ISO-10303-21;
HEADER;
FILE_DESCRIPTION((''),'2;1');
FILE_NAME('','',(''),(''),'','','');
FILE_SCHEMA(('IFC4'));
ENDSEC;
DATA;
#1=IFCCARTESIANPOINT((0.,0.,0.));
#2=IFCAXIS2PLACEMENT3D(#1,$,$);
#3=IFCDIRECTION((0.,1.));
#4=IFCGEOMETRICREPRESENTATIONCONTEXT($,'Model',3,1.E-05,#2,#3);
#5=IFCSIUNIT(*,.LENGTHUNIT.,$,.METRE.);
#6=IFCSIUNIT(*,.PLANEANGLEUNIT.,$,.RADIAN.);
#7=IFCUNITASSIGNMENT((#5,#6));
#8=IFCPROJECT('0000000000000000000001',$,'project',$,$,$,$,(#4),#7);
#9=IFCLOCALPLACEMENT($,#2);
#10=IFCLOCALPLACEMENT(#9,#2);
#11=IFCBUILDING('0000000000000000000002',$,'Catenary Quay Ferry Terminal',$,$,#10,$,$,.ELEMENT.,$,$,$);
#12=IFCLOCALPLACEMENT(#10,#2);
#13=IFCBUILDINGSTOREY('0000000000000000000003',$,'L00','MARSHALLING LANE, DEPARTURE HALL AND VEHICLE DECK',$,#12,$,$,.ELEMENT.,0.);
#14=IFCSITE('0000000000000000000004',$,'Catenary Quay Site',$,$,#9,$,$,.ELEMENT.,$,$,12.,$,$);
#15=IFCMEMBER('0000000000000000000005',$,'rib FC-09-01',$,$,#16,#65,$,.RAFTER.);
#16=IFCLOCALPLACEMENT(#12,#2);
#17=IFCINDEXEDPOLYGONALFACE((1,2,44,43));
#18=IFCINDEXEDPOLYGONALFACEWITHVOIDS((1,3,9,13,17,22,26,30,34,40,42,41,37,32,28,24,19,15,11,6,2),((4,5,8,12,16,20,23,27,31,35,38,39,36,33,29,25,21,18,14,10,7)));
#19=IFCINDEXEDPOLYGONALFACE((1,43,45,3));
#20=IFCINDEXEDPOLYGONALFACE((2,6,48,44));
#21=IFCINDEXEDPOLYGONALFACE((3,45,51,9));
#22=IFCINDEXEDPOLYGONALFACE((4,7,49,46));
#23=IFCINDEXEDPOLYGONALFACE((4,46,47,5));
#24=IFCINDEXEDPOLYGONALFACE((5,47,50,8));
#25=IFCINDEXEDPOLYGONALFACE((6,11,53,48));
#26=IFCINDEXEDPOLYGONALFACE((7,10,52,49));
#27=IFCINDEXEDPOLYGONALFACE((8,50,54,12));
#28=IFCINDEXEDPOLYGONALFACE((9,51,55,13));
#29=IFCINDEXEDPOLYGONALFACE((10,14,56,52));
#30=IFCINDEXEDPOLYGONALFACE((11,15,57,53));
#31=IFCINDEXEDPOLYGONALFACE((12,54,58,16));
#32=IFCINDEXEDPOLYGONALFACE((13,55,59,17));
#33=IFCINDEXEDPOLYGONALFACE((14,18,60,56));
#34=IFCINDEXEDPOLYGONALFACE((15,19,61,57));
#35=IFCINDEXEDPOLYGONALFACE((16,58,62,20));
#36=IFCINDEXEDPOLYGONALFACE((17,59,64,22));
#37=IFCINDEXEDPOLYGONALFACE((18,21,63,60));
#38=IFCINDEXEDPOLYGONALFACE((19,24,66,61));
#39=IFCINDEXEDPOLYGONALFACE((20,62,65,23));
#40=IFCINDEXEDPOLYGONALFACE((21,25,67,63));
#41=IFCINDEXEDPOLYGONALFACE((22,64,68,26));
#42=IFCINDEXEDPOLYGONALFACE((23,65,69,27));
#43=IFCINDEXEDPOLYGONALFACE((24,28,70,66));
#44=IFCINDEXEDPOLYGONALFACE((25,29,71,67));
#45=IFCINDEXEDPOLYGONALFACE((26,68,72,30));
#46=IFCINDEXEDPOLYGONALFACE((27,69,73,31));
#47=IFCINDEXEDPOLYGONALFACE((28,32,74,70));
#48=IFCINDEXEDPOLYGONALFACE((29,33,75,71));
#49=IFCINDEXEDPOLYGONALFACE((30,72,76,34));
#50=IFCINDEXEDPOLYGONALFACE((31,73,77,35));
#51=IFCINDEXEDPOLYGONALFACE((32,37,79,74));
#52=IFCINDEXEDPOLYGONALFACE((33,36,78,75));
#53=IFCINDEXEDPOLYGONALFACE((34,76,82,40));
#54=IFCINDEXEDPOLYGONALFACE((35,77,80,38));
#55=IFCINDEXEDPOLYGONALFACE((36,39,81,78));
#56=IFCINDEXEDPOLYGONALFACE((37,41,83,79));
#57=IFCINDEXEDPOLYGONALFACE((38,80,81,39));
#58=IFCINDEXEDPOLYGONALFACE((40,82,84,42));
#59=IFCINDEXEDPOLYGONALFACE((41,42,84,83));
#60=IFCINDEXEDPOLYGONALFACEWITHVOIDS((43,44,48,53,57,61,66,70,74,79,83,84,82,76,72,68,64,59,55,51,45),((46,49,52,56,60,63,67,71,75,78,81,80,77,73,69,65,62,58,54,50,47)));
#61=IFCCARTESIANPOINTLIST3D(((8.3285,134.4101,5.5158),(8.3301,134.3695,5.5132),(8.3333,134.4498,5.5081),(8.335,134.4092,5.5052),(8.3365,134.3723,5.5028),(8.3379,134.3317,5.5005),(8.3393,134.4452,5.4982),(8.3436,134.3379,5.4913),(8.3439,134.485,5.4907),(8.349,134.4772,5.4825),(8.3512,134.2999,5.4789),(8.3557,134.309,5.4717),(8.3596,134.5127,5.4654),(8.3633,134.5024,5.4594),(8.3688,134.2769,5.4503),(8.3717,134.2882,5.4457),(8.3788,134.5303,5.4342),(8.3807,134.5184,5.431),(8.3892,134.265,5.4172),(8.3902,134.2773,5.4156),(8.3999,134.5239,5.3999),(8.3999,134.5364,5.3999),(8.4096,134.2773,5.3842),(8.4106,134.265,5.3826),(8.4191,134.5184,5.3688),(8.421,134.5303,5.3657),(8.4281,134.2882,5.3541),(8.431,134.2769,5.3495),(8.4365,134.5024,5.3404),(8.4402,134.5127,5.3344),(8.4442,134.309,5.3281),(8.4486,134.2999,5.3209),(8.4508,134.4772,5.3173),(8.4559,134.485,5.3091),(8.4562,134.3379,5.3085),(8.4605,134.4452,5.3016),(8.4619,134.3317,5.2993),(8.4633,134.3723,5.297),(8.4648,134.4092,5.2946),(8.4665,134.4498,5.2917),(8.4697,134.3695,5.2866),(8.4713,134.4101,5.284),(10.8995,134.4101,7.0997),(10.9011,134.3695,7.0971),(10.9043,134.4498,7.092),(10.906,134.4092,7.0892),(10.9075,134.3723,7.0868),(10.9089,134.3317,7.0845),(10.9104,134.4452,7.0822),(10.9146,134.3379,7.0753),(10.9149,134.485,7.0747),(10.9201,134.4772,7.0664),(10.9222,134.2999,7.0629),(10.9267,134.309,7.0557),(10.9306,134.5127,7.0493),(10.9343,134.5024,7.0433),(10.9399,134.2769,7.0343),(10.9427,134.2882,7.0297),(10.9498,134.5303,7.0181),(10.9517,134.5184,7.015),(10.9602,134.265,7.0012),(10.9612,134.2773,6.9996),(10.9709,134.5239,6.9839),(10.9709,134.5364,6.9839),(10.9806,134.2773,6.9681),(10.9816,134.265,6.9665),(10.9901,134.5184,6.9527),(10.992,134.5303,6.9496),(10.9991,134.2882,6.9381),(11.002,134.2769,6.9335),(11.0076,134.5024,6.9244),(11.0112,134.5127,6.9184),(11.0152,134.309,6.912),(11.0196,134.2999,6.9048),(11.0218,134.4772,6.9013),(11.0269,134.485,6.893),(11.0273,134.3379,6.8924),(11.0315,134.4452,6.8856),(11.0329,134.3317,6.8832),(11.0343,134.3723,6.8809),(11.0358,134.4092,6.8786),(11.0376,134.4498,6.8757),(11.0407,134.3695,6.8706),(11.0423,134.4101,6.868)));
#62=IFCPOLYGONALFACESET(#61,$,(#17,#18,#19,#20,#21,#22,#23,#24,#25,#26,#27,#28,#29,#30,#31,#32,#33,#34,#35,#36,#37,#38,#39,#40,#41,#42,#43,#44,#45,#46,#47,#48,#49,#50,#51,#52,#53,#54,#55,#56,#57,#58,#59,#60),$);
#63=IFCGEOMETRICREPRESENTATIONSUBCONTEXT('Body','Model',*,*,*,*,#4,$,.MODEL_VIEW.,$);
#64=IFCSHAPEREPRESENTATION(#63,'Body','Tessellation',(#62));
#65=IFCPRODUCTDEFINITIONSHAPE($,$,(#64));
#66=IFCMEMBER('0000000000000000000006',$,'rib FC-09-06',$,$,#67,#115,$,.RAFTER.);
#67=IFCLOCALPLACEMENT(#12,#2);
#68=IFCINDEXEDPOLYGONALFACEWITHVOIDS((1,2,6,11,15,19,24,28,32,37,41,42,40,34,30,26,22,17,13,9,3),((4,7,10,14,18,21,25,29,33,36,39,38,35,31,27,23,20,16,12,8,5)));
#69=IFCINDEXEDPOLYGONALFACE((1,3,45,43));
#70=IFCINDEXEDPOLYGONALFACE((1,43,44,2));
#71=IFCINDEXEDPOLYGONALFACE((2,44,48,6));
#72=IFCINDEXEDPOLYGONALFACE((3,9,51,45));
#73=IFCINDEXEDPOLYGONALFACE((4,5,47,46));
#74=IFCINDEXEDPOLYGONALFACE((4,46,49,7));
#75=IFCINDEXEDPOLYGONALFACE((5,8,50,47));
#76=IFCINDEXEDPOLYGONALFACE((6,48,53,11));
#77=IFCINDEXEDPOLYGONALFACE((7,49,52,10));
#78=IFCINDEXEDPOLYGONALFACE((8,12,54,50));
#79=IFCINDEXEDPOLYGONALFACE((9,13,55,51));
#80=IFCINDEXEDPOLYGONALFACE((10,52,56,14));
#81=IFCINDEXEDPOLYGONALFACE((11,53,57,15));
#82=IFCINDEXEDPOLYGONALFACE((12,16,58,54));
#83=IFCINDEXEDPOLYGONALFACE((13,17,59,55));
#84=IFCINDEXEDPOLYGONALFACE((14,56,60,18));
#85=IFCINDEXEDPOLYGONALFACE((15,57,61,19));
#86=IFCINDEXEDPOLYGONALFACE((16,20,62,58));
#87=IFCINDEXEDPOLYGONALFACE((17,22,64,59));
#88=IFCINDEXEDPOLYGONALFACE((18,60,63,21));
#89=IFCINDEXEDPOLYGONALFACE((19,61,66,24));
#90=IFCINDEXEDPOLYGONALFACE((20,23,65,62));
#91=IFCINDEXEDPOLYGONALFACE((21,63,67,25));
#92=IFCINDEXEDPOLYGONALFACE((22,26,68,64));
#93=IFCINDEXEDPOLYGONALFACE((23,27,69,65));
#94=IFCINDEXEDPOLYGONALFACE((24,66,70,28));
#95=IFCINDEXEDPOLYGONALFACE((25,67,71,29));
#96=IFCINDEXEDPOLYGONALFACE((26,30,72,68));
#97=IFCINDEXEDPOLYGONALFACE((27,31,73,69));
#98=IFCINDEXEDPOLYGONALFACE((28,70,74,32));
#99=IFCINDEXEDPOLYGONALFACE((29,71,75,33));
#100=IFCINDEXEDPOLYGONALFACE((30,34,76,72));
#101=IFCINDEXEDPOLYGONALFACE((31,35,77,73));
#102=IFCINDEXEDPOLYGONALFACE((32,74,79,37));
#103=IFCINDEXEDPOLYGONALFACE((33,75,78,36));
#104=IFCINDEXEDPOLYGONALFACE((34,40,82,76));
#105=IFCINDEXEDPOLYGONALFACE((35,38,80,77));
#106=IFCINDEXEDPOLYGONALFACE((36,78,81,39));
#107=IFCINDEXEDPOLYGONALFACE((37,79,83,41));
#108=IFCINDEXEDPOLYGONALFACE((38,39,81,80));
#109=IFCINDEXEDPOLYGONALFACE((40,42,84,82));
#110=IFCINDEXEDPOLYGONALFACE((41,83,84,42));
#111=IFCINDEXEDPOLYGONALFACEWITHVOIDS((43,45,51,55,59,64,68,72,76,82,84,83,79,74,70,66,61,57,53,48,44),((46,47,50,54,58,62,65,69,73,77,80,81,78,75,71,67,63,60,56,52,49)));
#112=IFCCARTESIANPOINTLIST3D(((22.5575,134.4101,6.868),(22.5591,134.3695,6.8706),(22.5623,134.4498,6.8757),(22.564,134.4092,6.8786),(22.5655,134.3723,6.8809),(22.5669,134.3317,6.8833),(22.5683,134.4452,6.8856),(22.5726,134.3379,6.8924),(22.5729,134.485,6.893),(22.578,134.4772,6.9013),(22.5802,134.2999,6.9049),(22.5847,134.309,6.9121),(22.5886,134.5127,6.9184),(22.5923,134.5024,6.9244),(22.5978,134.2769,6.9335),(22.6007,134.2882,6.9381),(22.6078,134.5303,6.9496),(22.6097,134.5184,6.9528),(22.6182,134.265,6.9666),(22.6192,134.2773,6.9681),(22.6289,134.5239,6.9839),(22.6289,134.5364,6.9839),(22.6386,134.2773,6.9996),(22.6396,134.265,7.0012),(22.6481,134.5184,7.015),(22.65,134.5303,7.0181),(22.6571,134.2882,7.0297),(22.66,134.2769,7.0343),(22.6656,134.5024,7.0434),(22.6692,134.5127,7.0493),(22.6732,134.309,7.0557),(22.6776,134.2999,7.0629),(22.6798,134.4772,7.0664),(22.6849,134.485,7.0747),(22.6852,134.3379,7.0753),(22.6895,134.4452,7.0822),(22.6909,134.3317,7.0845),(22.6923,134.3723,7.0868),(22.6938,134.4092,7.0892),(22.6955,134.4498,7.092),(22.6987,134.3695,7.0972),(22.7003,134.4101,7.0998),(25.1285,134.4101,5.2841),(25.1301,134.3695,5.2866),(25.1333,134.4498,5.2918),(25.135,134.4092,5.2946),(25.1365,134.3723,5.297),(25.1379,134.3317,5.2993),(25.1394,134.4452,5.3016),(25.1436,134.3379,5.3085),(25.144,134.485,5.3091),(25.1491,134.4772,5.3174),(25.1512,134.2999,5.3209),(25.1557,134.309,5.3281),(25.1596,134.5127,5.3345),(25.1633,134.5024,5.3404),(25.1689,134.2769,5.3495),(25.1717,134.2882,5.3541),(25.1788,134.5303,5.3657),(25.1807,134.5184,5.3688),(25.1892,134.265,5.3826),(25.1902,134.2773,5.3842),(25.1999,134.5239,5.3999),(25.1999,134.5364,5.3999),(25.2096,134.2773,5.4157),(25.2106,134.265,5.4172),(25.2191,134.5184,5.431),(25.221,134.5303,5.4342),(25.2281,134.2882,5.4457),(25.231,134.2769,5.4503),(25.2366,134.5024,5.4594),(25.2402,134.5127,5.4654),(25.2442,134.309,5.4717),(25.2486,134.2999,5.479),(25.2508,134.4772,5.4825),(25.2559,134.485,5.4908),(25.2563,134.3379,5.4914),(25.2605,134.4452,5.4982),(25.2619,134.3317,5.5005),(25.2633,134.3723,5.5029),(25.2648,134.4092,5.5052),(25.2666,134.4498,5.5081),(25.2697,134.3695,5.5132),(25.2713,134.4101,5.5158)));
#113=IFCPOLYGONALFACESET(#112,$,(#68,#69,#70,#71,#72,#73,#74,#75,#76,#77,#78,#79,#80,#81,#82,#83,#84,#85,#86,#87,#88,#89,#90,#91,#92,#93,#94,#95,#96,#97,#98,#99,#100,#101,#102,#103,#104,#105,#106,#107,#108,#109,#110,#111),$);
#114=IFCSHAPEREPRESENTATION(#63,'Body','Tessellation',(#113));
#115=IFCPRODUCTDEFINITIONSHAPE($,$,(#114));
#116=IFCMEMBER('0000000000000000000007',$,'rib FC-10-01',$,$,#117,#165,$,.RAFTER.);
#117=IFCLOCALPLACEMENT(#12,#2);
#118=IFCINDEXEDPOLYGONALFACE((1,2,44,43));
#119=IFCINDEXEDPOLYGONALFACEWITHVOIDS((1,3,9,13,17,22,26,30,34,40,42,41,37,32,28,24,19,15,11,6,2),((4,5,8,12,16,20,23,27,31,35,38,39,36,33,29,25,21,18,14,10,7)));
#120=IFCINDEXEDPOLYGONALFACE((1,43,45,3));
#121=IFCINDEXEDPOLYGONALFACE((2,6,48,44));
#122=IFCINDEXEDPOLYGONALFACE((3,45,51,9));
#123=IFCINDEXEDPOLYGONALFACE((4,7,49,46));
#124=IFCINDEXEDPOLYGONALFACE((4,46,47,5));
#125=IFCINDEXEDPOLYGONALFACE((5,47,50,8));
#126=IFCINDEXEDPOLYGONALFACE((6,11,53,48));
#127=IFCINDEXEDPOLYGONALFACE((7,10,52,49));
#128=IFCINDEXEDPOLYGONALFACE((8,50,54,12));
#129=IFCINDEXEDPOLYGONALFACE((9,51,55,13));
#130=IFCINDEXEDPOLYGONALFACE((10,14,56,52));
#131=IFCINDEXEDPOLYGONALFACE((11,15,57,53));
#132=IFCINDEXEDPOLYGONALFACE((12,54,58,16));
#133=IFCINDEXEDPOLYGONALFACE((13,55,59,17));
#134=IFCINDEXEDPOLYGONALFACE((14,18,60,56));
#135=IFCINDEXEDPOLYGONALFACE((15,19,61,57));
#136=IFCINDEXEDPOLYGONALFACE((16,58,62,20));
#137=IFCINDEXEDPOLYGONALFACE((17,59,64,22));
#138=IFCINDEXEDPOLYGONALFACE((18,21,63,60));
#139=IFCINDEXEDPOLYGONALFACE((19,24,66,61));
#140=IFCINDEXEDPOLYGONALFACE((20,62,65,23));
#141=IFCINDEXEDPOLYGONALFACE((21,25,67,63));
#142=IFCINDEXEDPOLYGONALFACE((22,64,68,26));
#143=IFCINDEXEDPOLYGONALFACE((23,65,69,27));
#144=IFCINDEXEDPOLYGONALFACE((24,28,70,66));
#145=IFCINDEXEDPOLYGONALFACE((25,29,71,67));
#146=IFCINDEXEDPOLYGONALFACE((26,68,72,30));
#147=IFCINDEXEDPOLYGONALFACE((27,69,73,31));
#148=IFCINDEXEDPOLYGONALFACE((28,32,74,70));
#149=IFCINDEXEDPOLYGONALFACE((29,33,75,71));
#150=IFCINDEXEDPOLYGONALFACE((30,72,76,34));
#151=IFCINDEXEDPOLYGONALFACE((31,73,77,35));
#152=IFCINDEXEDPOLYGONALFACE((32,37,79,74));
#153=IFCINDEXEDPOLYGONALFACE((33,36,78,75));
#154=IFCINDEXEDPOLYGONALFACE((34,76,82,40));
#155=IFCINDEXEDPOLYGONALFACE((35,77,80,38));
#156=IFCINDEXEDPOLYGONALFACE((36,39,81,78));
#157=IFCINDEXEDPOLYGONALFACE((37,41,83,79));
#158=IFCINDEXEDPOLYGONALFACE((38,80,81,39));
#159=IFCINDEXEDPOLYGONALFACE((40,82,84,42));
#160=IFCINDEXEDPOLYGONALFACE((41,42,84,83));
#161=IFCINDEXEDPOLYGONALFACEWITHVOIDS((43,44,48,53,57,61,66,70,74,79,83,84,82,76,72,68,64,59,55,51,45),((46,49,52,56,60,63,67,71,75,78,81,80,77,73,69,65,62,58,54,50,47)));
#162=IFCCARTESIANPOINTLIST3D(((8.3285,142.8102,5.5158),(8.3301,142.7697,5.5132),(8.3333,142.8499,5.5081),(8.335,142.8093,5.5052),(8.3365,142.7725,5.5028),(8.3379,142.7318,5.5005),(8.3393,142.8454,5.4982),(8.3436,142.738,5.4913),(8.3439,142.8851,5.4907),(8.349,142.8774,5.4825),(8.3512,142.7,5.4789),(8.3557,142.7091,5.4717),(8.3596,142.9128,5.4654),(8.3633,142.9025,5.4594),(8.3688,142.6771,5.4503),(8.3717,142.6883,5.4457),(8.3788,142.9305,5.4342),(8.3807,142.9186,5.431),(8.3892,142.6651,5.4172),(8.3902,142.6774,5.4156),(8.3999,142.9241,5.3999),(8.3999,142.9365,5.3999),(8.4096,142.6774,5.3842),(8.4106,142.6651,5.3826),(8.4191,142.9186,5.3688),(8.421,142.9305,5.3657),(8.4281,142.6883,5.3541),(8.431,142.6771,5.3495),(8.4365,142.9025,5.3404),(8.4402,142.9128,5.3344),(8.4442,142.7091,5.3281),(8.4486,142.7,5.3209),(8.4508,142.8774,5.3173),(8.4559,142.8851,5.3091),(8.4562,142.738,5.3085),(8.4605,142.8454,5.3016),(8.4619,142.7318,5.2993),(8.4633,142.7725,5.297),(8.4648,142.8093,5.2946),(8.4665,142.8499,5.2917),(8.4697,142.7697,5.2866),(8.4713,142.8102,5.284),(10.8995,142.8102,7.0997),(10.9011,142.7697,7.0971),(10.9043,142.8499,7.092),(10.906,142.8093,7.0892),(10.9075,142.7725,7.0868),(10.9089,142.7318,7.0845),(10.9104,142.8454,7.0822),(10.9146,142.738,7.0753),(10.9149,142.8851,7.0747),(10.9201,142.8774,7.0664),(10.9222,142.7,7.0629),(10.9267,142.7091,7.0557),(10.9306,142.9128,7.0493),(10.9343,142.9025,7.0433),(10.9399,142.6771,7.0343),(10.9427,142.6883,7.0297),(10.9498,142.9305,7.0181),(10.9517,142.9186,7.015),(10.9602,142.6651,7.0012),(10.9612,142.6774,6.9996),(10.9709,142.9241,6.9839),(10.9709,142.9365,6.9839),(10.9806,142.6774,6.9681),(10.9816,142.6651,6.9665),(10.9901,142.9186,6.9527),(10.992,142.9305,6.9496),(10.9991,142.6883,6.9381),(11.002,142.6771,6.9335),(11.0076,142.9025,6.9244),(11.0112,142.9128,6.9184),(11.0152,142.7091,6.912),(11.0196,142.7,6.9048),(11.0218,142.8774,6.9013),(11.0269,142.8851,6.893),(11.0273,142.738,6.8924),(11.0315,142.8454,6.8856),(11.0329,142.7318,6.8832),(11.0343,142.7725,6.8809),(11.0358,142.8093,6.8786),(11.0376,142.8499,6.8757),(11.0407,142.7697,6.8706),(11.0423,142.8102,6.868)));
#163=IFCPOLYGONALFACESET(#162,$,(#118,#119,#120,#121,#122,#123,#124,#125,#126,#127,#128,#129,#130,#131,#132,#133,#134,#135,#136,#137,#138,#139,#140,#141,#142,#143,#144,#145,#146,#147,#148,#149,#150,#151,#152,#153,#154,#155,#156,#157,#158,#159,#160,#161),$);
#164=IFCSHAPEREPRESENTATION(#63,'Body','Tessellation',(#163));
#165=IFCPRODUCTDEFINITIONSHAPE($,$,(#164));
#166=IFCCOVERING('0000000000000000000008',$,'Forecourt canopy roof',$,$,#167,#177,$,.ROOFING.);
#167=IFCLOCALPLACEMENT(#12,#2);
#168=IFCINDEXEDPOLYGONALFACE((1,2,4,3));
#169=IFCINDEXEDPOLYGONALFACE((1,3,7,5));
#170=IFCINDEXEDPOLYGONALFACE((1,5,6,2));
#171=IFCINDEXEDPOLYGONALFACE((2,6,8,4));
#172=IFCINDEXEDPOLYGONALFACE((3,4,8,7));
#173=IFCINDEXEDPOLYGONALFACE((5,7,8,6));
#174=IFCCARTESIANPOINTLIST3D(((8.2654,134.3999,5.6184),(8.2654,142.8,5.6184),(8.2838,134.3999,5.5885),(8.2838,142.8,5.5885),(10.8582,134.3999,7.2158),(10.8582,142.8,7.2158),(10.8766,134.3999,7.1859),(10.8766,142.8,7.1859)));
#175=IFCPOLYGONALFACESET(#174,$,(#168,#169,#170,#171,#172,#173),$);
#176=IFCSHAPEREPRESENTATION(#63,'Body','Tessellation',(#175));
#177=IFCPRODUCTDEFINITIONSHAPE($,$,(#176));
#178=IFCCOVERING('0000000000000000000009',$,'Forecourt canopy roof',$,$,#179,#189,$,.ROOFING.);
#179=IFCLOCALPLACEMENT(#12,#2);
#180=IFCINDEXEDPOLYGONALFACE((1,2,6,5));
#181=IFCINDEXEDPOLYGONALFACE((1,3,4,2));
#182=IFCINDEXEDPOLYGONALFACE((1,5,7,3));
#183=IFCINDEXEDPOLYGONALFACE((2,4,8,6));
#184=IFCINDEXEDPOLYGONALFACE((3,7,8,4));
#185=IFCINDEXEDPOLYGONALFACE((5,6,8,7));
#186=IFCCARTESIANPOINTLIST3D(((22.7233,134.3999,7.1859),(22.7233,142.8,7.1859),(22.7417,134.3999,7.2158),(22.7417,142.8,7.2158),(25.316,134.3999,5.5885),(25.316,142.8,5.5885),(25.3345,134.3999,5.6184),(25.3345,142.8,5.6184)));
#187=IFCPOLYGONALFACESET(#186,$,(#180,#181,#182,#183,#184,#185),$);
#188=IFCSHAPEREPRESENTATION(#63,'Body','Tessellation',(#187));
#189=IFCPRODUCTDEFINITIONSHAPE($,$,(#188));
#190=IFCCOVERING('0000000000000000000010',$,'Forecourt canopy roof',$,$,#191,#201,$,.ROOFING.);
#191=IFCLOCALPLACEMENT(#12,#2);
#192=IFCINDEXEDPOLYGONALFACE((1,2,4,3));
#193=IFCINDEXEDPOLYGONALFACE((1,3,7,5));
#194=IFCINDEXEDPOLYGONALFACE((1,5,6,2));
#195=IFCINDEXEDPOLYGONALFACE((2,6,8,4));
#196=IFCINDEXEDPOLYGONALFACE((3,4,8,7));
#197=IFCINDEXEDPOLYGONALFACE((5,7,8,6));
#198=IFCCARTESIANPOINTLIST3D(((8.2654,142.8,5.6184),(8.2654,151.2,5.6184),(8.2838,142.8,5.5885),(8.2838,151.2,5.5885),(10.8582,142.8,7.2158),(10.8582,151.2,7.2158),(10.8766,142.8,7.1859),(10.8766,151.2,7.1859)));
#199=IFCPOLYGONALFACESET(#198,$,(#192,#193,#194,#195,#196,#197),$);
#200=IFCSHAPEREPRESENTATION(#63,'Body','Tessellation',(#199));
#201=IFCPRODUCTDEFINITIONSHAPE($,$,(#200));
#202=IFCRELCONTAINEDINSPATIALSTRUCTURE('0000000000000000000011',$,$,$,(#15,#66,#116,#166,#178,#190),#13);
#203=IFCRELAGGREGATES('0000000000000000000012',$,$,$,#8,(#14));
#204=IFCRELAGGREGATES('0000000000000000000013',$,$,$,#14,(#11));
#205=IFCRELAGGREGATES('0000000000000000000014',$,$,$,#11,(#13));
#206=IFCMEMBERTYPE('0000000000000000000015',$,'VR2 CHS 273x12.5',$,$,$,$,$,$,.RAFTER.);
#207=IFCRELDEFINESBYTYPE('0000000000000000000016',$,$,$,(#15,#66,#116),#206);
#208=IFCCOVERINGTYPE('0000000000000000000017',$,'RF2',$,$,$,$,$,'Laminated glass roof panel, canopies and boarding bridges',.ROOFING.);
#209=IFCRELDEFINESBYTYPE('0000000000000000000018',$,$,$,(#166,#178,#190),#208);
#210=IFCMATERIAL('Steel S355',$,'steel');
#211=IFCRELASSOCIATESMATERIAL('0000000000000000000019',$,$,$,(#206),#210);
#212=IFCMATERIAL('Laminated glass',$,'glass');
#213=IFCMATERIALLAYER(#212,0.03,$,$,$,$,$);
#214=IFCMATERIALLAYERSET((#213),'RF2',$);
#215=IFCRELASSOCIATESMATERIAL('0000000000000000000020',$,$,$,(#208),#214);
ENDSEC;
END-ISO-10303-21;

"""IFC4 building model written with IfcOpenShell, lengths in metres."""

from ifc_helpers import new_model, si_unit, direction, frame, origin, origin_2d, place, context, subcontext, project, spatial, polyline, hollow_circle, outline, extrude, material, layer, layer_set, material_profile, profile_set, type_object, element, save


model = new_model("IFC4")

# Units and contexts
model_context = context("Model", 3, precision=1e-05, world=origin(), true_north=direction((0.0, 1.0)))
body_context = subcontext(model_context, "Body", "Model", "MODEL_VIEW")
ifc_project = project(units=[si_unit("LENGTHUNIT", "METRE"), si_unit("PLANEANGLEUNIT", "RADIAN")], contexts=[model_context])

# Site, building, storey
site_placement = place(None, origin())
site = spatial("IfcSite", under=ifc_project, at=site_placement, Name="Catenary Quay Site", CompositionType="ELEMENT", RefElevation=12.0)
building_placement = place(site_placement, origin())
building = spatial("IfcBuilding", under=site, at=building_placement, Name="Catenary Quay Ferry Terminal", CompositionType="ELEMENT")
storey_placement = place(building_placement, origin())
storey = spatial("IfcBuildingStorey", under=building, at=storey_placement, Name="L00", Description="MARSHALLING LANE, DEPARTURE HALL AND VEHICLE DECK", CompositionType="ELEMENT", Elevation=0.0)

# Members
ifc_material_1 = material(Name="Steel S355", Category="steel")
ifc_material_profile_1 = material_profile(ifc_material_1, hollow_circle(Radius=0.1365, WallThickness=0.0125, at=origin_2d()), Name="CHS 273x12.5")
ifc_profile_set_1 = profile_set([ifc_material_profile_1], Name="Steel S355")
member_type_1 = type_object("IfcMemberType", Name="VR2 CHS 273x12.5", PredefinedType="RAFTER", material=ifc_profile_set_1)
for number, where, z_axis, x_axis, name in (
    (1, (8.3999, 134.3999, 5.3999), (0.851392, 0.0, 0.52453), (0.0, 1.0, 0.0), "rib FC-09-01"),
    (2, (22.6289, 134.3999, 6.9839), (0.851392, 0.0, -0.52453), (0.0, 1.0, 0.0), "rib FC-09-06"),
    (3, (8.3999, 142.8, 5.3999), (0.851392, 0.0, 0.52453), (0.0, 1.0, 0.0), "rib FC-10-01"),
):
    element("IfcMember", number, at=place(storey_placement, frame(where, z_axis=z_axis, x_axis=x_axis)), inside=storey, type_object=member_type_1, Name=name, PredefinedType="RAFTER", context=body_context, shape_type="SweptSolid", body=[
        extrude(hollow_circle(Radius=0.1365, WallThickness=0.0125, at=origin_2d()), origin(), (0.0, 0.0, 1.0), 3.0198),
    ])

# Coverings
ifc_material_2 = material(Name="Laminated glass", Category="glass")
ifc_layer = layer(ifc_material_2, 0.03)
ifc_layer_set = layer_set([ifc_layer], Name="RF2")
covering_type = type_object("IfcCoveringType", Name="RF2", ElementType="Laminated glass roof panel, canopies and boarding bridges", PredefinedType="ROOFING", material=ifc_layer_set)
for number, where, z_axis, x_axis, name in (
    (4, (8.2654, 134.3999, 5.6184), (-0.52454, 0.0, 0.851386), (0.0, 1.0, 0.0), "Forecourt canopy roof"),
    (5, (22.7417, 134.3999, 7.2158), (0.52454, 0.0, 0.851386), (0.0, 1.0, 0.0), "Forecourt canopy roof"),
):
    element("IfcCovering", number, at=place(storey_placement, frame(where, z_axis=z_axis, x_axis=x_axis)), inside=storey, type_object=covering_type, Name=name, PredefinedType="ROOFING", context=body_context, shape_type="SweptSolid", body=[
        extrude(outline(polyline([(0.0, 0.0), (8.4001, 0.0), (8.4001, -3.0454), (0.0, -3.0454), (0.0, 0.0)])), origin(), (0.0, 0.0, -1.0), 0.0352),
    ])
covering_placement = place(storey_placement, frame((8.2654, 142.8, 5.6184), z_axis=(-0.52454, 0.0, 0.851386), x_axis=(0.0, 1.0, 0.0)))
element("IfcCovering", 6, at=covering_placement, inside=storey, type_object=covering_type, Name="Forecourt canopy roof", PredefinedType="ROOFING", context=body_context, shape_type="SweptSolid", body=[
    extrude(outline(polyline([(0.0, 0.0), (8.3999, 0.0), (8.3999, -3.0454), (0.0, -3.0454), (0.0, 0.0)])), origin(), (0.0, 0.0, -1.0), 0.0352),
])

save(model, "model.ifc")
